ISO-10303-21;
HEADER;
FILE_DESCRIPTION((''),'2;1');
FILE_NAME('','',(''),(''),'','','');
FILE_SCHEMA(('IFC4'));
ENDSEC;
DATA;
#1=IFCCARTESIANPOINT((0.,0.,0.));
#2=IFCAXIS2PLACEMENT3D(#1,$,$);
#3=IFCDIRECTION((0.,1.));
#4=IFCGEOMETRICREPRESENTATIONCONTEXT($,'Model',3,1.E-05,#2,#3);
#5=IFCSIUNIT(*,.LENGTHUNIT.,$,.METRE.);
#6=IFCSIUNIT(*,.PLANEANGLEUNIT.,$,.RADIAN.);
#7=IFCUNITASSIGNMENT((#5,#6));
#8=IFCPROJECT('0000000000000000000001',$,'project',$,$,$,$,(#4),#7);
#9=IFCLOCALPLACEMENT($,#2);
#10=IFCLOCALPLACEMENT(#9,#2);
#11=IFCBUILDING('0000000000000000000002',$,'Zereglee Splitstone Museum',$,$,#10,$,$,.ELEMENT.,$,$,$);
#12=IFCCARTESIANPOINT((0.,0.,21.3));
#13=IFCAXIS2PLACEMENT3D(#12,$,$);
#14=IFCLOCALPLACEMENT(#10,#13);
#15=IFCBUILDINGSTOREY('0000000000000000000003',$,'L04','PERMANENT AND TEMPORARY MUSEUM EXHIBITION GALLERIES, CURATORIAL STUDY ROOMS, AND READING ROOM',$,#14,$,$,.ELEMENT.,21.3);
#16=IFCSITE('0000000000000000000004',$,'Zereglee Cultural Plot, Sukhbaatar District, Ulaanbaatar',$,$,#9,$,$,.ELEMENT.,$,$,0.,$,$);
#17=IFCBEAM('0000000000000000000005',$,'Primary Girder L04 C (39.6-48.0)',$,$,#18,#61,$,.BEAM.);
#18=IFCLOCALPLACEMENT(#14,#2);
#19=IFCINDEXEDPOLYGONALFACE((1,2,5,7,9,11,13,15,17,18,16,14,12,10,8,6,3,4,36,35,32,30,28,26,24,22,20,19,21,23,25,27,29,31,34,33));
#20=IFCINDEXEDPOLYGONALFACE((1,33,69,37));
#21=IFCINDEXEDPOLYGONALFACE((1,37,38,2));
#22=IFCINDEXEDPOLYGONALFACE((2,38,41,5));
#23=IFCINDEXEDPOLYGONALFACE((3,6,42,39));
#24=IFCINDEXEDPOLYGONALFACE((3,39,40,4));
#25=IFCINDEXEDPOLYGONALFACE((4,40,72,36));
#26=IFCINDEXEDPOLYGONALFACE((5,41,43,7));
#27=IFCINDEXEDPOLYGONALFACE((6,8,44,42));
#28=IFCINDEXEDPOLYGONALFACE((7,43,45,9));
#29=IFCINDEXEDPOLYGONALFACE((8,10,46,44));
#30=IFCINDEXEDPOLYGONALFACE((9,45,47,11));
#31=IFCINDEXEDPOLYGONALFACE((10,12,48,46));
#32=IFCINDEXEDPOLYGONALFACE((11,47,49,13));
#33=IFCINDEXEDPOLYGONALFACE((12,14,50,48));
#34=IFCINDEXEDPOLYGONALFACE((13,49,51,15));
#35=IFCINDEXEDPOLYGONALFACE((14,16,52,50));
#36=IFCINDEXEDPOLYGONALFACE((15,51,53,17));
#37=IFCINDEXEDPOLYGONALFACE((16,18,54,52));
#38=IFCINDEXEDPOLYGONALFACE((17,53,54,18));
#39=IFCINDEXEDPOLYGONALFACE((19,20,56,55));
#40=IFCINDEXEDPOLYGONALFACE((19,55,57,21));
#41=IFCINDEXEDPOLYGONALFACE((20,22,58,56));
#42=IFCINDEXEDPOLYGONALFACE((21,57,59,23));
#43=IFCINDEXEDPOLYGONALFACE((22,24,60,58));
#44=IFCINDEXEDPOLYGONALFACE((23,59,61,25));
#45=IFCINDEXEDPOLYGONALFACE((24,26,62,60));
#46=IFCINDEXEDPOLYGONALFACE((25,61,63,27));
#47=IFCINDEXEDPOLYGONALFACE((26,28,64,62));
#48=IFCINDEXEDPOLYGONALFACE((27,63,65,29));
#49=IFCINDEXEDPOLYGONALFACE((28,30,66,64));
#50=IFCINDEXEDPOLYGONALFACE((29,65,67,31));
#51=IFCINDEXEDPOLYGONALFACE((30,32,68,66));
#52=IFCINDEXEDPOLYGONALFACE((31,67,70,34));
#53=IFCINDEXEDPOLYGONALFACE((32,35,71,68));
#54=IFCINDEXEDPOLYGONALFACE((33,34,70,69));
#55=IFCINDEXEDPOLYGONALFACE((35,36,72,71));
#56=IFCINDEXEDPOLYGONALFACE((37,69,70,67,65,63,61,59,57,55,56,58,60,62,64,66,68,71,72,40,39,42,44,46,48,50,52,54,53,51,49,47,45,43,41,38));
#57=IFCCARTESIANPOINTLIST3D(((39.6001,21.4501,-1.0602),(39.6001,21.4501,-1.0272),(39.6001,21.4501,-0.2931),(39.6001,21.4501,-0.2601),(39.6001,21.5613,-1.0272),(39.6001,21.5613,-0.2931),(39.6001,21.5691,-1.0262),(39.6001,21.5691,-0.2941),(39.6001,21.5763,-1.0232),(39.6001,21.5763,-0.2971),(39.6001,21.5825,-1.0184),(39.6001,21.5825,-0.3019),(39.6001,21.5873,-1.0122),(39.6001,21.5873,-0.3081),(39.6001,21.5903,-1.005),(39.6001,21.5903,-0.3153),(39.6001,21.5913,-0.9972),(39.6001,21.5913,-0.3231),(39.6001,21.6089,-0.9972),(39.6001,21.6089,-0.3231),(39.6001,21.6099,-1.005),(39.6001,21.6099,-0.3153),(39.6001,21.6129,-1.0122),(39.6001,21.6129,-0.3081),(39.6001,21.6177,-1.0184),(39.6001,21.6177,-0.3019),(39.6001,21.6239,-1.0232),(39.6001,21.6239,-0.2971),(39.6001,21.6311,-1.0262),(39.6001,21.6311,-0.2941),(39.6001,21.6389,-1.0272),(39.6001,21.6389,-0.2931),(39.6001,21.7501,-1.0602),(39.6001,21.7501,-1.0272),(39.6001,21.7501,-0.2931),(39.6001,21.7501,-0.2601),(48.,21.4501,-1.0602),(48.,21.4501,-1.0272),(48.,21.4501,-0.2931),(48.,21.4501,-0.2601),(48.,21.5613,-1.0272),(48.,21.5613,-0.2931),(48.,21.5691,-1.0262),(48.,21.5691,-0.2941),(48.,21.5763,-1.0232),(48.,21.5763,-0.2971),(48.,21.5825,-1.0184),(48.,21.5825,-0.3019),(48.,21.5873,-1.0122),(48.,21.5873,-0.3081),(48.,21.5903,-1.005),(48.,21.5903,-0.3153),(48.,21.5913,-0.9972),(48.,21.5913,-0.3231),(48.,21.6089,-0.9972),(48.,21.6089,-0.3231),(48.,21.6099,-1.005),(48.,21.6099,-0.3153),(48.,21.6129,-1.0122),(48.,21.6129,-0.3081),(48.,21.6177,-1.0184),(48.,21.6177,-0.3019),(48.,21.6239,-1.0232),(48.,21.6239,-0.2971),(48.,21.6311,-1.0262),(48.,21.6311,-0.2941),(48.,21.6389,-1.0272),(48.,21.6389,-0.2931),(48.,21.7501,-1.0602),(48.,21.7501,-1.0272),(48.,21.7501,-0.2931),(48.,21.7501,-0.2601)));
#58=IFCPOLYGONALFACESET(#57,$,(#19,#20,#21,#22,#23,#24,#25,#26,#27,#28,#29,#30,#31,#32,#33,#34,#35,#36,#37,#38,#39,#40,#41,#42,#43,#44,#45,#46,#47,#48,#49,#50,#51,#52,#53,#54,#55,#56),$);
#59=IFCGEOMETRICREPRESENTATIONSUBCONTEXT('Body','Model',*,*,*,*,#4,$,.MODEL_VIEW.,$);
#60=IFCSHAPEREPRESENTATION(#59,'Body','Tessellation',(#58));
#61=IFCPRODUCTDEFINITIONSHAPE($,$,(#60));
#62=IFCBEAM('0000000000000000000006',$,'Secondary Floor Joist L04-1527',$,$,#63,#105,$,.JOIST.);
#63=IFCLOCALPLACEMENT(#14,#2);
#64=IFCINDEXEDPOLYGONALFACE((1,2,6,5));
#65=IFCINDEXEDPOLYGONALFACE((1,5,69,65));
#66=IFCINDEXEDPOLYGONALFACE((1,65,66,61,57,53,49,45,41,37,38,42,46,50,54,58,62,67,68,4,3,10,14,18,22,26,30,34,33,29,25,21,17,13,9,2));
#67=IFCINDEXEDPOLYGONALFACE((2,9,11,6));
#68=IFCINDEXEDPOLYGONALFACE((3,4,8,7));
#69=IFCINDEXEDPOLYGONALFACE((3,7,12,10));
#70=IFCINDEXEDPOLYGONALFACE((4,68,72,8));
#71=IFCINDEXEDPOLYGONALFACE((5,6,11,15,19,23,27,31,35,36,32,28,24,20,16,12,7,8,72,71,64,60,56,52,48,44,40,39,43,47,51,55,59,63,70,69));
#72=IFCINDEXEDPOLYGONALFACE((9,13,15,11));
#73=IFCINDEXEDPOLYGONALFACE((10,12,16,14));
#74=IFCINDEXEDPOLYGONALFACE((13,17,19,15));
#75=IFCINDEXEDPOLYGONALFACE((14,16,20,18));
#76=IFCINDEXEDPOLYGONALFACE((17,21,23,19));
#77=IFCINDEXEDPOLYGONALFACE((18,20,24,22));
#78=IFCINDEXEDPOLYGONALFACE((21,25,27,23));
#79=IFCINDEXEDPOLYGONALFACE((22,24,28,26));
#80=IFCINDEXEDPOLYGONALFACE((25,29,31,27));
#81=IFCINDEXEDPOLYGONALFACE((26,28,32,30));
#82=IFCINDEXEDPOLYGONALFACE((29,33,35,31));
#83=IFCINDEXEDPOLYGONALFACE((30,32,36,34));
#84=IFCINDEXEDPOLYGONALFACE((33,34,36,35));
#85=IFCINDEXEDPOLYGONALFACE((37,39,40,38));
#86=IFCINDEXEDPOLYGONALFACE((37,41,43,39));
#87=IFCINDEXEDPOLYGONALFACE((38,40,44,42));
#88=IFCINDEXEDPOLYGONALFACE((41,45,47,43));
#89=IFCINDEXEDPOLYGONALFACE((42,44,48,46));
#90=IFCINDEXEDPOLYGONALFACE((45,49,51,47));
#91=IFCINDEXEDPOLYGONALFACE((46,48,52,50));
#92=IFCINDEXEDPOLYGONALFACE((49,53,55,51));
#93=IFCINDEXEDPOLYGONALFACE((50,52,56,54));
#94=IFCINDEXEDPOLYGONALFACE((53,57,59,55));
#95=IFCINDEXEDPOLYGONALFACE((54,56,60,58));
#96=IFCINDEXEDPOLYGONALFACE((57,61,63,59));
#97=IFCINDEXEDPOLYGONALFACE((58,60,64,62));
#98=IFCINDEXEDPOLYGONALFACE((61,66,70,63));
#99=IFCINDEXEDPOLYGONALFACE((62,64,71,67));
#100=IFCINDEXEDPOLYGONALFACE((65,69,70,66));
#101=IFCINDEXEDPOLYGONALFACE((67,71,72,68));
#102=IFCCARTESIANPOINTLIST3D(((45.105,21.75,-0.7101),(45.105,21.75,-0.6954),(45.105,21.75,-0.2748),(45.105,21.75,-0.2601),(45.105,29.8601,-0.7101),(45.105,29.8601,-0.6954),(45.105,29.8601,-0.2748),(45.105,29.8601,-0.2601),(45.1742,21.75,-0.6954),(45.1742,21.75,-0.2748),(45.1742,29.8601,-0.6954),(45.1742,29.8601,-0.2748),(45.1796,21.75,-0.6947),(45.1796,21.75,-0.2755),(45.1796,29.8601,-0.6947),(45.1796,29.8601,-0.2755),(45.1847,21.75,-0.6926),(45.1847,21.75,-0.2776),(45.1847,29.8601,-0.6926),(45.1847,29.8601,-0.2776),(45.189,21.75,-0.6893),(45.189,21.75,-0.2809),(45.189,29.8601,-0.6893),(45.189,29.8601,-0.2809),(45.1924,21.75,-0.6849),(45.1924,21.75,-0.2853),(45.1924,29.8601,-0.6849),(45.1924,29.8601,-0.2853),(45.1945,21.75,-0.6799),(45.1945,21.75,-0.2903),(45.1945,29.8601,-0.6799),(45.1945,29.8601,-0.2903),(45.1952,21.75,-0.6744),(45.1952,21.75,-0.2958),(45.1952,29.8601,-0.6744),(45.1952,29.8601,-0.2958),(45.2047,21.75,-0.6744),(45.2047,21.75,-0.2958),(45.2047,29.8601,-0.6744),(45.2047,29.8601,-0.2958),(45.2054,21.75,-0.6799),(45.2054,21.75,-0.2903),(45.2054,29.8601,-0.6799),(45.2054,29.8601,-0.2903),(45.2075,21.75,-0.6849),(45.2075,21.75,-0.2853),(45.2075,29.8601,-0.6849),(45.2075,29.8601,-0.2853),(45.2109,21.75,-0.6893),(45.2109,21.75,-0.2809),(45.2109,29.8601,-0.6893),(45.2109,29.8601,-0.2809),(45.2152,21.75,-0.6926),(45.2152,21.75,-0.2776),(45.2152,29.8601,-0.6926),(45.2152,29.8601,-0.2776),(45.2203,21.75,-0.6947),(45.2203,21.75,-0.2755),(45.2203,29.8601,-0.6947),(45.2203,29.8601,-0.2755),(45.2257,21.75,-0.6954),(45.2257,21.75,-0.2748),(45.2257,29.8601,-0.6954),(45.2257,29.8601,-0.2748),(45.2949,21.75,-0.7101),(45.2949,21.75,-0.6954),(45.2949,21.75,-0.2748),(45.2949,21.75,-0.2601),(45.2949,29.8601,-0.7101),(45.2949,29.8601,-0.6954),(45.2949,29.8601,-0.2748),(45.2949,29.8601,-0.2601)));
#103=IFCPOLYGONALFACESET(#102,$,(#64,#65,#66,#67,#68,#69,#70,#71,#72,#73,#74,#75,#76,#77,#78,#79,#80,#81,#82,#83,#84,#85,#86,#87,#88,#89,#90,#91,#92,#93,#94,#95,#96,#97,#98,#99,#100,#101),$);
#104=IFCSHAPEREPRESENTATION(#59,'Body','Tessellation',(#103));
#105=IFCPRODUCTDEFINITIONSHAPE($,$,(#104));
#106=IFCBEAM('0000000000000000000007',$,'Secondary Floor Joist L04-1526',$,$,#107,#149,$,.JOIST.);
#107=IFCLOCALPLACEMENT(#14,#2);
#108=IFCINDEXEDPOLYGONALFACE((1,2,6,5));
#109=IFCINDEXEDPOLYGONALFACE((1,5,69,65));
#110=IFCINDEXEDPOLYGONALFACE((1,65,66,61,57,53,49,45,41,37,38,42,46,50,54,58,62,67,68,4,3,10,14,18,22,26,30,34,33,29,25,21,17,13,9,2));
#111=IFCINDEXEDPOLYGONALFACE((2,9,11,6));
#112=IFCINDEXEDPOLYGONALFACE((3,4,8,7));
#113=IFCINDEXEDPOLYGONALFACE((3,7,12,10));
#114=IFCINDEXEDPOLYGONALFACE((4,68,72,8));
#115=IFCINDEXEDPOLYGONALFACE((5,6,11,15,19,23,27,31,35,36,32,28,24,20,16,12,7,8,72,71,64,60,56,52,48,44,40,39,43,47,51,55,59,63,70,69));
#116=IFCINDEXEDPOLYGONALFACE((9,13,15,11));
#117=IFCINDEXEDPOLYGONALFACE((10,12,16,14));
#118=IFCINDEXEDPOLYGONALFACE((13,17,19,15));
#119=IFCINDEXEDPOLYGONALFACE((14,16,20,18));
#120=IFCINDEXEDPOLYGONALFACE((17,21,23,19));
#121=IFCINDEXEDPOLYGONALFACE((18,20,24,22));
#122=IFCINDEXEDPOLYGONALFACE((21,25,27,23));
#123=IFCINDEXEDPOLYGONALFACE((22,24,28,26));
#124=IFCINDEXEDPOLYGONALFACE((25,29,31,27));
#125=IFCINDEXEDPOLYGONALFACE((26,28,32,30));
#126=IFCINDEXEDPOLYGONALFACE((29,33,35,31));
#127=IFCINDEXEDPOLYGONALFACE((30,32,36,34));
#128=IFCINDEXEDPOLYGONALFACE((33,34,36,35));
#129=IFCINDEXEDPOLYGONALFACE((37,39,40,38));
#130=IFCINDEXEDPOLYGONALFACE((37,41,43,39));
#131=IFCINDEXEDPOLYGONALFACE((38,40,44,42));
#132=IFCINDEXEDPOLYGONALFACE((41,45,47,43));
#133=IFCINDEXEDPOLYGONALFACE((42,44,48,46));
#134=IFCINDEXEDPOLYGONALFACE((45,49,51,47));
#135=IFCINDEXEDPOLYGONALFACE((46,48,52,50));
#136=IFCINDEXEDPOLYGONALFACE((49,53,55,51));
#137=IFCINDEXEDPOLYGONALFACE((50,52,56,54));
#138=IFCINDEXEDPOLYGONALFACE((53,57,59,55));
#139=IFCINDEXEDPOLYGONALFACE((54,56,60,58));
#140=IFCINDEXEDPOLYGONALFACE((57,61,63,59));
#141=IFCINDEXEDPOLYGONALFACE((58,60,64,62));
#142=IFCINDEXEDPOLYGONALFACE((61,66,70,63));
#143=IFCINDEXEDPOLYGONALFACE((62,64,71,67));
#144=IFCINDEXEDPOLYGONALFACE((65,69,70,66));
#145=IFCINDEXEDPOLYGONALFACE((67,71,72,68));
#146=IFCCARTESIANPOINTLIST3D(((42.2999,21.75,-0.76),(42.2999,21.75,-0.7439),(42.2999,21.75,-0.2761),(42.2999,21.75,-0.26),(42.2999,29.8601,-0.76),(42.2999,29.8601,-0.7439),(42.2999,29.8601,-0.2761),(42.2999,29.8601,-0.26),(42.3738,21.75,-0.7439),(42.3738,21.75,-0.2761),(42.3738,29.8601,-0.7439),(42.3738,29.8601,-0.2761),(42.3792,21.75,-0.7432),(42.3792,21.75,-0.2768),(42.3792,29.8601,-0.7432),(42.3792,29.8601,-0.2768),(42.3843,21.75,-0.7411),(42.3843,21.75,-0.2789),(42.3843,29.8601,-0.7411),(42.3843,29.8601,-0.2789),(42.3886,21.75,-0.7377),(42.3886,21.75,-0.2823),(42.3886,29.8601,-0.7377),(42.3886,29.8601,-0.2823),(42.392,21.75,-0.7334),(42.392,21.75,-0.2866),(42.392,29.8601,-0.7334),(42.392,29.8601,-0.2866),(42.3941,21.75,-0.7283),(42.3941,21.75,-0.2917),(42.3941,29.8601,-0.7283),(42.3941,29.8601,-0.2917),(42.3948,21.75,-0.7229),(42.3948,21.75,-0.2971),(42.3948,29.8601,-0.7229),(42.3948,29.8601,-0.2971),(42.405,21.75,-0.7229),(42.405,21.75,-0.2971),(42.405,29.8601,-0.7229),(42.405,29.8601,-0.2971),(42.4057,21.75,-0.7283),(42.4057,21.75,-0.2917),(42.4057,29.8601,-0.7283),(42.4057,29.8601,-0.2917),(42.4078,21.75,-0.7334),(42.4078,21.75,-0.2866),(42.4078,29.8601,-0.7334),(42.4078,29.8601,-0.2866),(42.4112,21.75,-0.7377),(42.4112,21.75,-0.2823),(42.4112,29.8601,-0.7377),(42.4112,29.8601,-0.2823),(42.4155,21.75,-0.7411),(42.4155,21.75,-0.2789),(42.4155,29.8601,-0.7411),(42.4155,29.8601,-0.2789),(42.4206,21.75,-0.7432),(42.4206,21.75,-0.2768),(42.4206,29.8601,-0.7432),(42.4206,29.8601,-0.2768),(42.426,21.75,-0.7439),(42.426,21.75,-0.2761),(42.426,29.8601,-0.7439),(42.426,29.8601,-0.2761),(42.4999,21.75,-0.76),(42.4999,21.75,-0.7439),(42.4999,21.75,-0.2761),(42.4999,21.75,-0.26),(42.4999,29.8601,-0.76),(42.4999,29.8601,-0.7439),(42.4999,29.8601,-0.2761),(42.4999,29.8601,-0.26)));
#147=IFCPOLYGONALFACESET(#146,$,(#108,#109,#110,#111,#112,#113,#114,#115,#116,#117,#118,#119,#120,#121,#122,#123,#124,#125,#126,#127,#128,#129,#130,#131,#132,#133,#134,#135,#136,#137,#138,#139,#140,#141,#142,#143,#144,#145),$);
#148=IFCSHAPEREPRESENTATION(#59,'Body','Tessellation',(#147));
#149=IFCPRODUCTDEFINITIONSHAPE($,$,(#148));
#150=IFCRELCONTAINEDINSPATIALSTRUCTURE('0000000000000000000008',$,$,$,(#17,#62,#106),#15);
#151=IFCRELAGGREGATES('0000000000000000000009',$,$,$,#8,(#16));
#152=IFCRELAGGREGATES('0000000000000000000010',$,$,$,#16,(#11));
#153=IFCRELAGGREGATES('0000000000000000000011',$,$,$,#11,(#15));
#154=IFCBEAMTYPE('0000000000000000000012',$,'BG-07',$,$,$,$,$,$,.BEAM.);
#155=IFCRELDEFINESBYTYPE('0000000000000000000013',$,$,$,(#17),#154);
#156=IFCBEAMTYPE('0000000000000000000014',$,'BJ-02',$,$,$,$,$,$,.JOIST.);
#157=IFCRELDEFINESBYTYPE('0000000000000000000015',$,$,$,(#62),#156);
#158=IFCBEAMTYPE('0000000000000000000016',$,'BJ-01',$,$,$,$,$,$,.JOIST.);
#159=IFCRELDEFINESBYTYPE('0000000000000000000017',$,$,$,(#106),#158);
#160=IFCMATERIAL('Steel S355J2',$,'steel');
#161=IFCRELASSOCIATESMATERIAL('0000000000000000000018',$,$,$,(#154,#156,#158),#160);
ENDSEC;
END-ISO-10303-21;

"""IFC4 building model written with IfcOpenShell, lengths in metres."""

from ifc_helpers import new_model, si_unit, direction, frame, origin, origin_2d, place, context, subcontext, project, spatial, i_section, extrude, material, material_profile, profile_set, type_object, element, save


model = new_model("IFC4")

# Units and contexts
model_context = context("Model", 3, precision=1e-05, world=origin(), true_north=direction((0.0, 1.0)))
body_context = subcontext(model_context, "Body", "Model", "MODEL_VIEW")
ifc_project = project(units=[si_unit("LENGTHUNIT", "METRE"), si_unit("PLANEANGLEUNIT", "RADIAN")], contexts=[model_context])

# Site, building, storey
site_placement = place(None, origin())
site = spatial("IfcSite", under=ifc_project, at=site_placement, Name="Zereglee Cultural Plot, Sukhbaatar District, Ulaanbaatar", CompositionType="ELEMENT", RefElevation=0.0)
building_placement = place(site_placement, origin())
building = spatial("IfcBuilding", under=site, at=building_placement, Name="Zereglee Splitstone Museum", CompositionType="ELEMENT")
storey_placement = place(building_placement, frame((0.0, 0.0, 21.3)))
storey = spatial("IfcBuildingStorey", under=building, at=storey_placement, Name="L04", Description="PERMANENT AND TEMPORARY MUSEUM EXHIBITION GALLERIES, CURATORIAL STUDY ROOMS, AND READING ROOM", CompositionType="ELEMENT", Elevation=21.3)

# Shared definitions
ifc_material_1 = material(Name="Steel S355J2", Category="steel")

# Beams
ifc_material_profile_1 = material_profile(ifc_material_1, i_section(OverallWidth=0.3, OverallDepth=0.8, WebThickness=0.0176, FlangeThickness=0.033, FilletRadius=0.03, at=origin_2d()), Name="HE 800 B")
ifc_profile_set_1 = profile_set([ifc_material_profile_1], Name="Steel S355J2")
beam_type_1 = type_object("IfcBeamType", Name="BG-07", PredefinedType="BEAM", material=ifc_profile_set_1)
beam_1_placement = place(storey_placement, frame((39.6001, 21.6001, -0.6602), z_axis=(1.0, 0.0, 0.0), x_axis=(0.0, 1.0, 0.0)))
element("IfcBeam", 1, at=beam_1_placement, inside=storey, type_object=beam_type_1, Name="Primary Girder L04 C (39.6-48.0)", PredefinedType="BEAM", context=body_context, shape_type="SweptSolid", body=[
    extrude(i_section(OverallWidth=0.3, OverallDepth=0.8, WebThickness=0.0176, FlangeThickness=0.033, FilletRadius=0.03, at=origin_2d()), origin(), (0.0, 0.0, 1.0), 8.3999),
])
ifc_material_profile_2 = material_profile(ifc_material_1, i_section(OverallWidth=0.1899, OverallDepth=0.45, WebThickness=0.0095, FlangeThickness=0.0146, FilletRadius=0.021, at=origin_2d()), Name="IPE 450")
ifc_profile_set_2 = profile_set([ifc_material_profile_2], Name="Steel S355J2")
beam_type_2 = type_object("IfcBeamType", Name="BJ-02", PredefinedType="JOIST", material=ifc_profile_set_2)
beam_2_placement = place(storey_placement, frame((45.2, 21.75, -0.4851), z_axis=(0.0, 1.0, 0.0), x_axis=(-1.0, 0.0, 0.0)))
element("IfcBeam", 2, at=beam_2_placement, inside=storey, type_object=beam_type_2, Name="Secondary Floor Joist L04-1527", PredefinedType="JOIST", context=body_context, shape_type="SweptSolid", body=[
    extrude(i_section(OverallWidth=0.1899, OverallDepth=0.45, WebThickness=0.0095, FlangeThickness=0.0146, FilletRadius=0.021, at=origin_2d()), origin(), (0.0, 0.0, 1.0), 8.1101),
])
ifc_material_profile_3 = material_profile(ifc_material_1, i_section(OverallWidth=0.2, OverallDepth=0.5, WebThickness=0.0103, FlangeThickness=0.0161, FilletRadius=0.021, at=origin_2d()), Name="IPE 500")
ifc_profile_set_3 = profile_set([ifc_material_profile_3], Name="Steel S355J2")
beam_type_3 = type_object("IfcBeamType", Name="BJ-01", PredefinedType="JOIST", material=ifc_profile_set_3)
beam_3_placement = place(storey_placement, frame((42.3999, 21.75, -0.51), z_axis=(0.0, 1.0, 0.0), x_axis=(-1.0, 0.0, 0.0)))
element("IfcBeam", 3, at=beam_3_placement, inside=storey, type_object=beam_type_3, Name="Secondary Floor Joist L04-1526", PredefinedType="JOIST", context=body_context, shape_type="SweptSolid", body=[
    extrude(i_section(OverallWidth=0.2, OverallDepth=0.5, WebThickness=0.0103, FlangeThickness=0.0161, FilletRadius=0.021, at=origin_2d()), origin(), (0.0, 0.0, 1.0), 8.1101),
])

save(model, "model.ifc")
